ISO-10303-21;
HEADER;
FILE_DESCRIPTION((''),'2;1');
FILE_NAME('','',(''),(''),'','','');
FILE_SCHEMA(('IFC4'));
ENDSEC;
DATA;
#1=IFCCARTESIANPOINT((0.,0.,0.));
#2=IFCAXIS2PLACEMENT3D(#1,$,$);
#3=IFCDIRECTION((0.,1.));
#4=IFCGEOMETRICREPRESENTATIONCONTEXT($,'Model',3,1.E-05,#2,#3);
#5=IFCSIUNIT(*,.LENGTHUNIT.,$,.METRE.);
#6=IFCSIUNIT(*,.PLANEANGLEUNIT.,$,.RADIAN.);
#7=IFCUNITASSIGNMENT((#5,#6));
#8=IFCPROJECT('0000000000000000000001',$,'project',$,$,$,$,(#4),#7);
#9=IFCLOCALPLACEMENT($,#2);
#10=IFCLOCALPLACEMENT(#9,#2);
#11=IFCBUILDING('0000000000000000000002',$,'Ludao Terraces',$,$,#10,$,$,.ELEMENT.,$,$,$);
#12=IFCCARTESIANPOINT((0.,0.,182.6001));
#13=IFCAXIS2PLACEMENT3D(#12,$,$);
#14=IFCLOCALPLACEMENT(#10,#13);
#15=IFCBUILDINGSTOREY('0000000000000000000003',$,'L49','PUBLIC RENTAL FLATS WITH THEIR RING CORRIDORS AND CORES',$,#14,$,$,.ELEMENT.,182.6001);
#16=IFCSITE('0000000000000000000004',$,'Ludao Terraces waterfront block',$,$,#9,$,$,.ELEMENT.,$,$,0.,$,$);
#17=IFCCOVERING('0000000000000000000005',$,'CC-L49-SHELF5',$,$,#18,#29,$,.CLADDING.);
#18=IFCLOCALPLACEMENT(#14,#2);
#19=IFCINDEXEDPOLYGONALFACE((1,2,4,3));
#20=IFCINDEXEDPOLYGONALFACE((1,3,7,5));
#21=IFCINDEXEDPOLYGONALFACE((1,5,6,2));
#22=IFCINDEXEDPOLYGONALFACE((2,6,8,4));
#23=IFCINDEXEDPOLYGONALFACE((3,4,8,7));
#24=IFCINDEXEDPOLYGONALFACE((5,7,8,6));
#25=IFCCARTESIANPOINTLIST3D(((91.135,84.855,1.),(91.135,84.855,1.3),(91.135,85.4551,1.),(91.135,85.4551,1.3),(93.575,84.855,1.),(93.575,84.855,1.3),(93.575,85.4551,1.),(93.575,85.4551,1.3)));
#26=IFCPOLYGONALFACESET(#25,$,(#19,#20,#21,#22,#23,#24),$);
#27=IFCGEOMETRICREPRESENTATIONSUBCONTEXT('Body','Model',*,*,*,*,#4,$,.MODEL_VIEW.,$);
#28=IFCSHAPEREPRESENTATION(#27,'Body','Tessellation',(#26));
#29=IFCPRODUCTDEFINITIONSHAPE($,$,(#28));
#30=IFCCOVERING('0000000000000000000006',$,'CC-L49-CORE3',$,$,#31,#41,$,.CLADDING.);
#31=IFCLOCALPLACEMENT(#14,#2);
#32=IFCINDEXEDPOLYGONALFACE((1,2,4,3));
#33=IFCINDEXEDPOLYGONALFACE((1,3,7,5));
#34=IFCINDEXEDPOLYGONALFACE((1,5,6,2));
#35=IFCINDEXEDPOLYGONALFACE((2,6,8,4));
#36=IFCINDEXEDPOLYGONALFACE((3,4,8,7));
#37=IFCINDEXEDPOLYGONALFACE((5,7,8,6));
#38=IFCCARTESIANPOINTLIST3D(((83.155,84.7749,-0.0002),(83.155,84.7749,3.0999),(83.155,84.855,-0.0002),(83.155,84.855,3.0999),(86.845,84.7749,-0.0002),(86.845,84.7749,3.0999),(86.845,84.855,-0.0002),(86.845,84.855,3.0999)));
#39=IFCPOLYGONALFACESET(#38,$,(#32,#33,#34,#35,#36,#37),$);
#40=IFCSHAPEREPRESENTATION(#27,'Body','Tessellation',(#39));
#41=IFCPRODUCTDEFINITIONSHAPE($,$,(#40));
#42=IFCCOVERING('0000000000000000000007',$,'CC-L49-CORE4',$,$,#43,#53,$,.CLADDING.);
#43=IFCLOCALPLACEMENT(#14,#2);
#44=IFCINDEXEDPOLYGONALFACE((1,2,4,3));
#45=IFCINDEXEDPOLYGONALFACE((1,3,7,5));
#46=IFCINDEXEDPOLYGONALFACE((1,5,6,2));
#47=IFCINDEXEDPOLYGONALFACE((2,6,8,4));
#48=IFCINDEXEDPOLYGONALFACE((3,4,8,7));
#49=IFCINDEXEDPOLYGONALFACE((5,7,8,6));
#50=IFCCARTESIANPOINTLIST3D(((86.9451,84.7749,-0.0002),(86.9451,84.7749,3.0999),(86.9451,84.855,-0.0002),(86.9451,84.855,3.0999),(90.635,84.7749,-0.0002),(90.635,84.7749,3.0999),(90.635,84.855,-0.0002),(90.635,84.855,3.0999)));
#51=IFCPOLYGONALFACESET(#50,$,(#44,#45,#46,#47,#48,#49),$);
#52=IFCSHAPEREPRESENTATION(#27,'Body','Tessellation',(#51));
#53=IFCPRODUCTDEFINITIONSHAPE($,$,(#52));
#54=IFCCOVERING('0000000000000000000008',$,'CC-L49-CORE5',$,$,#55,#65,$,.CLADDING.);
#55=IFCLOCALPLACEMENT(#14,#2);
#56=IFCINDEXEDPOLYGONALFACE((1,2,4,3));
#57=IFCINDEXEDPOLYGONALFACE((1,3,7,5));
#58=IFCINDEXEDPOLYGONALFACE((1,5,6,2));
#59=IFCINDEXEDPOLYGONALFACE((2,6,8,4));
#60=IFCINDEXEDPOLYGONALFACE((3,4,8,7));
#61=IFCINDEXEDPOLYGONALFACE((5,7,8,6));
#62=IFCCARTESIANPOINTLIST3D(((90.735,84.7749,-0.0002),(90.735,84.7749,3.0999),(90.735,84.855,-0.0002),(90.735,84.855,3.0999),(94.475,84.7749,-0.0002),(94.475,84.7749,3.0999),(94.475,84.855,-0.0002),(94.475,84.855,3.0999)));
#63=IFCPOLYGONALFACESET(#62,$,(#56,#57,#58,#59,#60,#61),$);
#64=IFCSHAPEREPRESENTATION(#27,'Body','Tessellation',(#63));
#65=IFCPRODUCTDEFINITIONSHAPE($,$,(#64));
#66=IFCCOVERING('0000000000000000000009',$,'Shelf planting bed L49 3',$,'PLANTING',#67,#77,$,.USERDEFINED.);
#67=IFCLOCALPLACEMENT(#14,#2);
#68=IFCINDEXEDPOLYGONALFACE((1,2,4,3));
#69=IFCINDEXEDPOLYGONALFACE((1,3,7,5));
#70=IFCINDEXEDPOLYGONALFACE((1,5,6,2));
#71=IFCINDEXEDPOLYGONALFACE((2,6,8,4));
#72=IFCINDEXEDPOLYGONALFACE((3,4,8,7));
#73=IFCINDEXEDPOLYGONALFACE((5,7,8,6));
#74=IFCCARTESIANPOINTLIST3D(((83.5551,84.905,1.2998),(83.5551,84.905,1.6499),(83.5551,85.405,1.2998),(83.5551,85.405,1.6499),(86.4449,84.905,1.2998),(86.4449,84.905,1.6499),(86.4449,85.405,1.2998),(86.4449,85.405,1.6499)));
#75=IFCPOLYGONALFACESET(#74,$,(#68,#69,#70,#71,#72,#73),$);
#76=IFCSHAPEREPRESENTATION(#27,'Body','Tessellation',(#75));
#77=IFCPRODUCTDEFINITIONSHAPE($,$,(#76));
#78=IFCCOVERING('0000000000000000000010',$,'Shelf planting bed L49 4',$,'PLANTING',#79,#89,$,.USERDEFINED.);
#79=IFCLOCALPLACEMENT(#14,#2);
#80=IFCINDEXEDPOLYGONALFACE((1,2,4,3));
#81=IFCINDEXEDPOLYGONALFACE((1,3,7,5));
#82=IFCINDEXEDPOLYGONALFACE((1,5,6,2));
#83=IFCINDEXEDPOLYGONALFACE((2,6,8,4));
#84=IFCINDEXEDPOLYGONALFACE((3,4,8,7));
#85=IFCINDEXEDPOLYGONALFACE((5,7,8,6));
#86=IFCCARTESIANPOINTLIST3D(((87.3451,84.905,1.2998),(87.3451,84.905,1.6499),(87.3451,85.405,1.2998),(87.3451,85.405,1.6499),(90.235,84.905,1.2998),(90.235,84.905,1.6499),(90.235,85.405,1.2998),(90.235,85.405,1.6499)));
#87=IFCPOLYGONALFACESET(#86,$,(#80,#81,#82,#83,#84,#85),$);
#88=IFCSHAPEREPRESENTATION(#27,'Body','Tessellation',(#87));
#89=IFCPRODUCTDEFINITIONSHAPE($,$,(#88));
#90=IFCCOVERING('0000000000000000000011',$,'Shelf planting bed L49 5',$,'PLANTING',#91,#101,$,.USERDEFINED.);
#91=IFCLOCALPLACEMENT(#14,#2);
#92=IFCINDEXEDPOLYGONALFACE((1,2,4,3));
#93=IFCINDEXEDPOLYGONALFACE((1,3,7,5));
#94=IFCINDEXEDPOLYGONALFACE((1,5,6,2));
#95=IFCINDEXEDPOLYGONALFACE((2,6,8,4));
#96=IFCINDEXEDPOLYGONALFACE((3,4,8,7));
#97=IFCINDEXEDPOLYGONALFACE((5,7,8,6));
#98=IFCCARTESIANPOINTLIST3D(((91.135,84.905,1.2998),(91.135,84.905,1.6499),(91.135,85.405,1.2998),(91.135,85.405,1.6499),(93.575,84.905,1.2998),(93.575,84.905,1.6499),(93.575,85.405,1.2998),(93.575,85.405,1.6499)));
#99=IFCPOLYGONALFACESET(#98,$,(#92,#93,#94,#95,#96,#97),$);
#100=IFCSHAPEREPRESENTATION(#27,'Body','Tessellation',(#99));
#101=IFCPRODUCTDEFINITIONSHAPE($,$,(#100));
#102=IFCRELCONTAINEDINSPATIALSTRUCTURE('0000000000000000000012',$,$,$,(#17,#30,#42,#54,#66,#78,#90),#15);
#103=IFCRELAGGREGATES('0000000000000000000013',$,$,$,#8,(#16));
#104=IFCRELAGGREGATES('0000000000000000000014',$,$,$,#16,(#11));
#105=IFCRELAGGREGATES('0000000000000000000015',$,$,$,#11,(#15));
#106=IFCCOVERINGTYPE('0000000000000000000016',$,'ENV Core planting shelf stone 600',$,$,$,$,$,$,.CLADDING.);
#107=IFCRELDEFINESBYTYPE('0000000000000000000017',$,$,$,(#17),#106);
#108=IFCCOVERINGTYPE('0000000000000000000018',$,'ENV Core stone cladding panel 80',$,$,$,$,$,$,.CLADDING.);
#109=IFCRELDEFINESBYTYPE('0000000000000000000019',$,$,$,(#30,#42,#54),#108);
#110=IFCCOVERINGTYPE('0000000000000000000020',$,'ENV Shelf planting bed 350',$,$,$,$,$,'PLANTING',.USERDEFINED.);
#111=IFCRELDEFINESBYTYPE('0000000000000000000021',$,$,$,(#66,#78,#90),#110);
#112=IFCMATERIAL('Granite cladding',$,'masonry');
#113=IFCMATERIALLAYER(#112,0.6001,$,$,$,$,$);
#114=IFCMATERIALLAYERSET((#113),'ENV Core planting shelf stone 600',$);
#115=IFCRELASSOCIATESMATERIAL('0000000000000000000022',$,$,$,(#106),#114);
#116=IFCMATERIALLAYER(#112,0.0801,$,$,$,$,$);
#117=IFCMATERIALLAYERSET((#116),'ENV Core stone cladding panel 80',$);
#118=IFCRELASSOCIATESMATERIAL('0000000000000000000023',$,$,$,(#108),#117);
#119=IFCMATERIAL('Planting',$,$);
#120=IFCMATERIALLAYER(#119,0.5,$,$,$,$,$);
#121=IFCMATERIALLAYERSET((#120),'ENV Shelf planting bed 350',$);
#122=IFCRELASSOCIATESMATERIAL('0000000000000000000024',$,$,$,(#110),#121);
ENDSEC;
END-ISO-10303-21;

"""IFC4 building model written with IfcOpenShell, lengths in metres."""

from ifc_helpers import new_model, si_unit, direction, frame, origin, origin_2d, place, context, subcontext, project, spatial, rectangle, extrude, material, layer, layer_set, type_object, element, save


model = new_model("IFC4")

# Units and contexts
model_context = context("Model", 3, precision=1e-05, world=origin(), true_north=direction((0.0, 1.0)))
body_context = subcontext(model_context, "Body", "Model", "MODEL_VIEW")
ifc_project = project(units=[si_unit("LENGTHUNIT", "METRE"), si_unit("PLANEANGLEUNIT", "RADIAN")], contexts=[model_context])

# Site, building, storey
site_placement = place(None, origin())
site = spatial("IfcSite", under=ifc_project, at=site_placement, Name="Ludao Terraces waterfront block", CompositionType="ELEMENT", RefElevation=0.0)
building_placement = place(site_placement, origin())
building = spatial("IfcBuilding", under=site, at=building_placement, Name="Ludao Terraces", CompositionType="ELEMENT")
storey_placement = place(building_placement, frame((0.0, 0.0, 182.6001)))
storey = spatial("IfcBuildingStorey", under=building, at=storey_placement, Name="L49", Description="PUBLIC RENTAL FLATS WITH THEIR RING CORRIDORS AND CORES", CompositionType="ELEMENT", Elevation=182.6001)

# Coverings
ifc_material_1 = material(Name="Granite cladding", Category="masonry")
ifc_layer_1 = layer(ifc_material_1, 0.6001)
ifc_layer_set_1 = layer_set([ifc_layer_1], Name="ENV Core planting shelf stone 600")
covering_type_1 = type_object("IfcCoveringType", Name="ENV Core planting shelf stone 600", PredefinedType="CLADDING", material=ifc_layer_set_1)
covering_1_placement = place(storey_placement, frame((92.355, 85.155, 1.0), z_axis=(0.0, 0.0, 1.0), x_axis=(1.0, 0.0, 0.0)))
element("IfcCovering", 1, at=covering_1_placement, inside=storey, type_object=covering_type_1, Name="CC-L49-SHELF5", PredefinedType="CLADDING", context=body_context, shape_type="SweptSolid", body=[
    extrude(rectangle(XDim=2.4399, YDim=0.6001, at=origin_2d()), origin(), (0.0, 0.0, 1.0), 0.3),
])
ifc_layer_2 = layer(ifc_material_1, 0.0801)
ifc_layer_set_2 = layer_set([ifc_layer_2], Name="ENV Core stone cladding panel 80")
covering_type_2 = type_object("IfcCoveringType", Name="ENV Core stone cladding panel 80", PredefinedType="CLADDING", material=ifc_layer_set_2)
for number, where, z_axis, x_axis, name in (
    (2, (85.0, 84.8149, -0.0002), (0.0, 0.0, 1.0), (1.0, 0.0, 0.0), "CC-L49-CORE3"),
    (3, (88.79, 84.8149, -0.0002), (0.0, 0.0, 1.0), (1.0, 0.0, 0.0), "CC-L49-CORE4"),
):
    element("IfcCovering", number, at=place(storey_placement, frame(where, z_axis=z_axis, x_axis=x_axis)), inside=storey, type_object=covering_type_2, Name=name, PredefinedType="CLADDING", context=body_context, shape_type="SweptSolid", body=[
        extrude(rectangle(XDim=3.6899, YDim=0.0801, at=origin_2d()), origin(), (0.0, 0.0, 1.0), 3.1001),
    ])
covering_2_placement = place(storey_placement, frame((92.605, 84.8149, -0.0002), z_axis=(0.0, 0.0, 1.0), x_axis=(1.0, 0.0, 0.0)))
element("IfcCovering", 4, at=covering_2_placement, inside=storey, type_object=covering_type_2, Name="CC-L49-CORE5", PredefinedType="CLADDING", context=body_context, shape_type="SweptSolid", body=[
    extrude(rectangle(XDim=3.74, YDim=0.0801, at=origin_2d()), origin(), (0.0, 0.0, 1.0), 3.1001),
])
ifc_material_2 = material(Name="Planting")
ifc_layer_3 = layer(ifc_material_2, 0.5)
ifc_layer_set_3 = layer_set([ifc_layer_3], Name="ENV Shelf planting bed 350")
covering_type_3 = type_object("IfcCoveringType", Name="ENV Shelf planting bed 350", ElementType="PLANTING", PredefinedType="USERDEFINED", material=ifc_layer_set_3)
for number, where, z_axis, x_axis, name in (
    (5, (85.0, 85.155, 1.2998), (0.0, 0.0, 1.0), (1.0, 0.0, 0.0), "Shelf planting bed L49 3"),
    (6, (88.79, 85.155, 1.2998), (0.0, 0.0, 1.0), (1.0, 0.0, 0.0), "Shelf planting bed L49 4"),
):
    element("IfcCovering", number, at=place(storey_placement, frame(where, z_axis=z_axis, x_axis=x_axis)), inside=storey, type_object=covering_type_3, Name=name, ObjectType="PLANTING", PredefinedType="USERDEFINED", context=body_context, shape_type="SweptSolid", body=[
        extrude(rectangle(XDim=2.8899, YDim=0.5, at=origin_2d()), origin(), (0.0, 0.0, 1.0), 0.3501),
    ])
covering_3_placement = place(storey_placement, frame((92.355, 85.155, 1.2998), z_axis=(0.0, 0.0, 1.0), x_axis=(1.0, 0.0, 0.0)))
element("IfcCovering", 7, at=covering_3_placement, inside=storey, type_object=covering_type_3, Name="Shelf planting bed L49 5", ObjectType="PLANTING", PredefinedType="USERDEFINED", context=body_context, shape_type="SweptSolid", body=[
    extrude(rectangle(XDim=2.4399, YDim=0.5, at=origin_2d()), origin(), (0.0, 0.0, 1.0), 0.3501),
])

save(model, "model.ifc")
